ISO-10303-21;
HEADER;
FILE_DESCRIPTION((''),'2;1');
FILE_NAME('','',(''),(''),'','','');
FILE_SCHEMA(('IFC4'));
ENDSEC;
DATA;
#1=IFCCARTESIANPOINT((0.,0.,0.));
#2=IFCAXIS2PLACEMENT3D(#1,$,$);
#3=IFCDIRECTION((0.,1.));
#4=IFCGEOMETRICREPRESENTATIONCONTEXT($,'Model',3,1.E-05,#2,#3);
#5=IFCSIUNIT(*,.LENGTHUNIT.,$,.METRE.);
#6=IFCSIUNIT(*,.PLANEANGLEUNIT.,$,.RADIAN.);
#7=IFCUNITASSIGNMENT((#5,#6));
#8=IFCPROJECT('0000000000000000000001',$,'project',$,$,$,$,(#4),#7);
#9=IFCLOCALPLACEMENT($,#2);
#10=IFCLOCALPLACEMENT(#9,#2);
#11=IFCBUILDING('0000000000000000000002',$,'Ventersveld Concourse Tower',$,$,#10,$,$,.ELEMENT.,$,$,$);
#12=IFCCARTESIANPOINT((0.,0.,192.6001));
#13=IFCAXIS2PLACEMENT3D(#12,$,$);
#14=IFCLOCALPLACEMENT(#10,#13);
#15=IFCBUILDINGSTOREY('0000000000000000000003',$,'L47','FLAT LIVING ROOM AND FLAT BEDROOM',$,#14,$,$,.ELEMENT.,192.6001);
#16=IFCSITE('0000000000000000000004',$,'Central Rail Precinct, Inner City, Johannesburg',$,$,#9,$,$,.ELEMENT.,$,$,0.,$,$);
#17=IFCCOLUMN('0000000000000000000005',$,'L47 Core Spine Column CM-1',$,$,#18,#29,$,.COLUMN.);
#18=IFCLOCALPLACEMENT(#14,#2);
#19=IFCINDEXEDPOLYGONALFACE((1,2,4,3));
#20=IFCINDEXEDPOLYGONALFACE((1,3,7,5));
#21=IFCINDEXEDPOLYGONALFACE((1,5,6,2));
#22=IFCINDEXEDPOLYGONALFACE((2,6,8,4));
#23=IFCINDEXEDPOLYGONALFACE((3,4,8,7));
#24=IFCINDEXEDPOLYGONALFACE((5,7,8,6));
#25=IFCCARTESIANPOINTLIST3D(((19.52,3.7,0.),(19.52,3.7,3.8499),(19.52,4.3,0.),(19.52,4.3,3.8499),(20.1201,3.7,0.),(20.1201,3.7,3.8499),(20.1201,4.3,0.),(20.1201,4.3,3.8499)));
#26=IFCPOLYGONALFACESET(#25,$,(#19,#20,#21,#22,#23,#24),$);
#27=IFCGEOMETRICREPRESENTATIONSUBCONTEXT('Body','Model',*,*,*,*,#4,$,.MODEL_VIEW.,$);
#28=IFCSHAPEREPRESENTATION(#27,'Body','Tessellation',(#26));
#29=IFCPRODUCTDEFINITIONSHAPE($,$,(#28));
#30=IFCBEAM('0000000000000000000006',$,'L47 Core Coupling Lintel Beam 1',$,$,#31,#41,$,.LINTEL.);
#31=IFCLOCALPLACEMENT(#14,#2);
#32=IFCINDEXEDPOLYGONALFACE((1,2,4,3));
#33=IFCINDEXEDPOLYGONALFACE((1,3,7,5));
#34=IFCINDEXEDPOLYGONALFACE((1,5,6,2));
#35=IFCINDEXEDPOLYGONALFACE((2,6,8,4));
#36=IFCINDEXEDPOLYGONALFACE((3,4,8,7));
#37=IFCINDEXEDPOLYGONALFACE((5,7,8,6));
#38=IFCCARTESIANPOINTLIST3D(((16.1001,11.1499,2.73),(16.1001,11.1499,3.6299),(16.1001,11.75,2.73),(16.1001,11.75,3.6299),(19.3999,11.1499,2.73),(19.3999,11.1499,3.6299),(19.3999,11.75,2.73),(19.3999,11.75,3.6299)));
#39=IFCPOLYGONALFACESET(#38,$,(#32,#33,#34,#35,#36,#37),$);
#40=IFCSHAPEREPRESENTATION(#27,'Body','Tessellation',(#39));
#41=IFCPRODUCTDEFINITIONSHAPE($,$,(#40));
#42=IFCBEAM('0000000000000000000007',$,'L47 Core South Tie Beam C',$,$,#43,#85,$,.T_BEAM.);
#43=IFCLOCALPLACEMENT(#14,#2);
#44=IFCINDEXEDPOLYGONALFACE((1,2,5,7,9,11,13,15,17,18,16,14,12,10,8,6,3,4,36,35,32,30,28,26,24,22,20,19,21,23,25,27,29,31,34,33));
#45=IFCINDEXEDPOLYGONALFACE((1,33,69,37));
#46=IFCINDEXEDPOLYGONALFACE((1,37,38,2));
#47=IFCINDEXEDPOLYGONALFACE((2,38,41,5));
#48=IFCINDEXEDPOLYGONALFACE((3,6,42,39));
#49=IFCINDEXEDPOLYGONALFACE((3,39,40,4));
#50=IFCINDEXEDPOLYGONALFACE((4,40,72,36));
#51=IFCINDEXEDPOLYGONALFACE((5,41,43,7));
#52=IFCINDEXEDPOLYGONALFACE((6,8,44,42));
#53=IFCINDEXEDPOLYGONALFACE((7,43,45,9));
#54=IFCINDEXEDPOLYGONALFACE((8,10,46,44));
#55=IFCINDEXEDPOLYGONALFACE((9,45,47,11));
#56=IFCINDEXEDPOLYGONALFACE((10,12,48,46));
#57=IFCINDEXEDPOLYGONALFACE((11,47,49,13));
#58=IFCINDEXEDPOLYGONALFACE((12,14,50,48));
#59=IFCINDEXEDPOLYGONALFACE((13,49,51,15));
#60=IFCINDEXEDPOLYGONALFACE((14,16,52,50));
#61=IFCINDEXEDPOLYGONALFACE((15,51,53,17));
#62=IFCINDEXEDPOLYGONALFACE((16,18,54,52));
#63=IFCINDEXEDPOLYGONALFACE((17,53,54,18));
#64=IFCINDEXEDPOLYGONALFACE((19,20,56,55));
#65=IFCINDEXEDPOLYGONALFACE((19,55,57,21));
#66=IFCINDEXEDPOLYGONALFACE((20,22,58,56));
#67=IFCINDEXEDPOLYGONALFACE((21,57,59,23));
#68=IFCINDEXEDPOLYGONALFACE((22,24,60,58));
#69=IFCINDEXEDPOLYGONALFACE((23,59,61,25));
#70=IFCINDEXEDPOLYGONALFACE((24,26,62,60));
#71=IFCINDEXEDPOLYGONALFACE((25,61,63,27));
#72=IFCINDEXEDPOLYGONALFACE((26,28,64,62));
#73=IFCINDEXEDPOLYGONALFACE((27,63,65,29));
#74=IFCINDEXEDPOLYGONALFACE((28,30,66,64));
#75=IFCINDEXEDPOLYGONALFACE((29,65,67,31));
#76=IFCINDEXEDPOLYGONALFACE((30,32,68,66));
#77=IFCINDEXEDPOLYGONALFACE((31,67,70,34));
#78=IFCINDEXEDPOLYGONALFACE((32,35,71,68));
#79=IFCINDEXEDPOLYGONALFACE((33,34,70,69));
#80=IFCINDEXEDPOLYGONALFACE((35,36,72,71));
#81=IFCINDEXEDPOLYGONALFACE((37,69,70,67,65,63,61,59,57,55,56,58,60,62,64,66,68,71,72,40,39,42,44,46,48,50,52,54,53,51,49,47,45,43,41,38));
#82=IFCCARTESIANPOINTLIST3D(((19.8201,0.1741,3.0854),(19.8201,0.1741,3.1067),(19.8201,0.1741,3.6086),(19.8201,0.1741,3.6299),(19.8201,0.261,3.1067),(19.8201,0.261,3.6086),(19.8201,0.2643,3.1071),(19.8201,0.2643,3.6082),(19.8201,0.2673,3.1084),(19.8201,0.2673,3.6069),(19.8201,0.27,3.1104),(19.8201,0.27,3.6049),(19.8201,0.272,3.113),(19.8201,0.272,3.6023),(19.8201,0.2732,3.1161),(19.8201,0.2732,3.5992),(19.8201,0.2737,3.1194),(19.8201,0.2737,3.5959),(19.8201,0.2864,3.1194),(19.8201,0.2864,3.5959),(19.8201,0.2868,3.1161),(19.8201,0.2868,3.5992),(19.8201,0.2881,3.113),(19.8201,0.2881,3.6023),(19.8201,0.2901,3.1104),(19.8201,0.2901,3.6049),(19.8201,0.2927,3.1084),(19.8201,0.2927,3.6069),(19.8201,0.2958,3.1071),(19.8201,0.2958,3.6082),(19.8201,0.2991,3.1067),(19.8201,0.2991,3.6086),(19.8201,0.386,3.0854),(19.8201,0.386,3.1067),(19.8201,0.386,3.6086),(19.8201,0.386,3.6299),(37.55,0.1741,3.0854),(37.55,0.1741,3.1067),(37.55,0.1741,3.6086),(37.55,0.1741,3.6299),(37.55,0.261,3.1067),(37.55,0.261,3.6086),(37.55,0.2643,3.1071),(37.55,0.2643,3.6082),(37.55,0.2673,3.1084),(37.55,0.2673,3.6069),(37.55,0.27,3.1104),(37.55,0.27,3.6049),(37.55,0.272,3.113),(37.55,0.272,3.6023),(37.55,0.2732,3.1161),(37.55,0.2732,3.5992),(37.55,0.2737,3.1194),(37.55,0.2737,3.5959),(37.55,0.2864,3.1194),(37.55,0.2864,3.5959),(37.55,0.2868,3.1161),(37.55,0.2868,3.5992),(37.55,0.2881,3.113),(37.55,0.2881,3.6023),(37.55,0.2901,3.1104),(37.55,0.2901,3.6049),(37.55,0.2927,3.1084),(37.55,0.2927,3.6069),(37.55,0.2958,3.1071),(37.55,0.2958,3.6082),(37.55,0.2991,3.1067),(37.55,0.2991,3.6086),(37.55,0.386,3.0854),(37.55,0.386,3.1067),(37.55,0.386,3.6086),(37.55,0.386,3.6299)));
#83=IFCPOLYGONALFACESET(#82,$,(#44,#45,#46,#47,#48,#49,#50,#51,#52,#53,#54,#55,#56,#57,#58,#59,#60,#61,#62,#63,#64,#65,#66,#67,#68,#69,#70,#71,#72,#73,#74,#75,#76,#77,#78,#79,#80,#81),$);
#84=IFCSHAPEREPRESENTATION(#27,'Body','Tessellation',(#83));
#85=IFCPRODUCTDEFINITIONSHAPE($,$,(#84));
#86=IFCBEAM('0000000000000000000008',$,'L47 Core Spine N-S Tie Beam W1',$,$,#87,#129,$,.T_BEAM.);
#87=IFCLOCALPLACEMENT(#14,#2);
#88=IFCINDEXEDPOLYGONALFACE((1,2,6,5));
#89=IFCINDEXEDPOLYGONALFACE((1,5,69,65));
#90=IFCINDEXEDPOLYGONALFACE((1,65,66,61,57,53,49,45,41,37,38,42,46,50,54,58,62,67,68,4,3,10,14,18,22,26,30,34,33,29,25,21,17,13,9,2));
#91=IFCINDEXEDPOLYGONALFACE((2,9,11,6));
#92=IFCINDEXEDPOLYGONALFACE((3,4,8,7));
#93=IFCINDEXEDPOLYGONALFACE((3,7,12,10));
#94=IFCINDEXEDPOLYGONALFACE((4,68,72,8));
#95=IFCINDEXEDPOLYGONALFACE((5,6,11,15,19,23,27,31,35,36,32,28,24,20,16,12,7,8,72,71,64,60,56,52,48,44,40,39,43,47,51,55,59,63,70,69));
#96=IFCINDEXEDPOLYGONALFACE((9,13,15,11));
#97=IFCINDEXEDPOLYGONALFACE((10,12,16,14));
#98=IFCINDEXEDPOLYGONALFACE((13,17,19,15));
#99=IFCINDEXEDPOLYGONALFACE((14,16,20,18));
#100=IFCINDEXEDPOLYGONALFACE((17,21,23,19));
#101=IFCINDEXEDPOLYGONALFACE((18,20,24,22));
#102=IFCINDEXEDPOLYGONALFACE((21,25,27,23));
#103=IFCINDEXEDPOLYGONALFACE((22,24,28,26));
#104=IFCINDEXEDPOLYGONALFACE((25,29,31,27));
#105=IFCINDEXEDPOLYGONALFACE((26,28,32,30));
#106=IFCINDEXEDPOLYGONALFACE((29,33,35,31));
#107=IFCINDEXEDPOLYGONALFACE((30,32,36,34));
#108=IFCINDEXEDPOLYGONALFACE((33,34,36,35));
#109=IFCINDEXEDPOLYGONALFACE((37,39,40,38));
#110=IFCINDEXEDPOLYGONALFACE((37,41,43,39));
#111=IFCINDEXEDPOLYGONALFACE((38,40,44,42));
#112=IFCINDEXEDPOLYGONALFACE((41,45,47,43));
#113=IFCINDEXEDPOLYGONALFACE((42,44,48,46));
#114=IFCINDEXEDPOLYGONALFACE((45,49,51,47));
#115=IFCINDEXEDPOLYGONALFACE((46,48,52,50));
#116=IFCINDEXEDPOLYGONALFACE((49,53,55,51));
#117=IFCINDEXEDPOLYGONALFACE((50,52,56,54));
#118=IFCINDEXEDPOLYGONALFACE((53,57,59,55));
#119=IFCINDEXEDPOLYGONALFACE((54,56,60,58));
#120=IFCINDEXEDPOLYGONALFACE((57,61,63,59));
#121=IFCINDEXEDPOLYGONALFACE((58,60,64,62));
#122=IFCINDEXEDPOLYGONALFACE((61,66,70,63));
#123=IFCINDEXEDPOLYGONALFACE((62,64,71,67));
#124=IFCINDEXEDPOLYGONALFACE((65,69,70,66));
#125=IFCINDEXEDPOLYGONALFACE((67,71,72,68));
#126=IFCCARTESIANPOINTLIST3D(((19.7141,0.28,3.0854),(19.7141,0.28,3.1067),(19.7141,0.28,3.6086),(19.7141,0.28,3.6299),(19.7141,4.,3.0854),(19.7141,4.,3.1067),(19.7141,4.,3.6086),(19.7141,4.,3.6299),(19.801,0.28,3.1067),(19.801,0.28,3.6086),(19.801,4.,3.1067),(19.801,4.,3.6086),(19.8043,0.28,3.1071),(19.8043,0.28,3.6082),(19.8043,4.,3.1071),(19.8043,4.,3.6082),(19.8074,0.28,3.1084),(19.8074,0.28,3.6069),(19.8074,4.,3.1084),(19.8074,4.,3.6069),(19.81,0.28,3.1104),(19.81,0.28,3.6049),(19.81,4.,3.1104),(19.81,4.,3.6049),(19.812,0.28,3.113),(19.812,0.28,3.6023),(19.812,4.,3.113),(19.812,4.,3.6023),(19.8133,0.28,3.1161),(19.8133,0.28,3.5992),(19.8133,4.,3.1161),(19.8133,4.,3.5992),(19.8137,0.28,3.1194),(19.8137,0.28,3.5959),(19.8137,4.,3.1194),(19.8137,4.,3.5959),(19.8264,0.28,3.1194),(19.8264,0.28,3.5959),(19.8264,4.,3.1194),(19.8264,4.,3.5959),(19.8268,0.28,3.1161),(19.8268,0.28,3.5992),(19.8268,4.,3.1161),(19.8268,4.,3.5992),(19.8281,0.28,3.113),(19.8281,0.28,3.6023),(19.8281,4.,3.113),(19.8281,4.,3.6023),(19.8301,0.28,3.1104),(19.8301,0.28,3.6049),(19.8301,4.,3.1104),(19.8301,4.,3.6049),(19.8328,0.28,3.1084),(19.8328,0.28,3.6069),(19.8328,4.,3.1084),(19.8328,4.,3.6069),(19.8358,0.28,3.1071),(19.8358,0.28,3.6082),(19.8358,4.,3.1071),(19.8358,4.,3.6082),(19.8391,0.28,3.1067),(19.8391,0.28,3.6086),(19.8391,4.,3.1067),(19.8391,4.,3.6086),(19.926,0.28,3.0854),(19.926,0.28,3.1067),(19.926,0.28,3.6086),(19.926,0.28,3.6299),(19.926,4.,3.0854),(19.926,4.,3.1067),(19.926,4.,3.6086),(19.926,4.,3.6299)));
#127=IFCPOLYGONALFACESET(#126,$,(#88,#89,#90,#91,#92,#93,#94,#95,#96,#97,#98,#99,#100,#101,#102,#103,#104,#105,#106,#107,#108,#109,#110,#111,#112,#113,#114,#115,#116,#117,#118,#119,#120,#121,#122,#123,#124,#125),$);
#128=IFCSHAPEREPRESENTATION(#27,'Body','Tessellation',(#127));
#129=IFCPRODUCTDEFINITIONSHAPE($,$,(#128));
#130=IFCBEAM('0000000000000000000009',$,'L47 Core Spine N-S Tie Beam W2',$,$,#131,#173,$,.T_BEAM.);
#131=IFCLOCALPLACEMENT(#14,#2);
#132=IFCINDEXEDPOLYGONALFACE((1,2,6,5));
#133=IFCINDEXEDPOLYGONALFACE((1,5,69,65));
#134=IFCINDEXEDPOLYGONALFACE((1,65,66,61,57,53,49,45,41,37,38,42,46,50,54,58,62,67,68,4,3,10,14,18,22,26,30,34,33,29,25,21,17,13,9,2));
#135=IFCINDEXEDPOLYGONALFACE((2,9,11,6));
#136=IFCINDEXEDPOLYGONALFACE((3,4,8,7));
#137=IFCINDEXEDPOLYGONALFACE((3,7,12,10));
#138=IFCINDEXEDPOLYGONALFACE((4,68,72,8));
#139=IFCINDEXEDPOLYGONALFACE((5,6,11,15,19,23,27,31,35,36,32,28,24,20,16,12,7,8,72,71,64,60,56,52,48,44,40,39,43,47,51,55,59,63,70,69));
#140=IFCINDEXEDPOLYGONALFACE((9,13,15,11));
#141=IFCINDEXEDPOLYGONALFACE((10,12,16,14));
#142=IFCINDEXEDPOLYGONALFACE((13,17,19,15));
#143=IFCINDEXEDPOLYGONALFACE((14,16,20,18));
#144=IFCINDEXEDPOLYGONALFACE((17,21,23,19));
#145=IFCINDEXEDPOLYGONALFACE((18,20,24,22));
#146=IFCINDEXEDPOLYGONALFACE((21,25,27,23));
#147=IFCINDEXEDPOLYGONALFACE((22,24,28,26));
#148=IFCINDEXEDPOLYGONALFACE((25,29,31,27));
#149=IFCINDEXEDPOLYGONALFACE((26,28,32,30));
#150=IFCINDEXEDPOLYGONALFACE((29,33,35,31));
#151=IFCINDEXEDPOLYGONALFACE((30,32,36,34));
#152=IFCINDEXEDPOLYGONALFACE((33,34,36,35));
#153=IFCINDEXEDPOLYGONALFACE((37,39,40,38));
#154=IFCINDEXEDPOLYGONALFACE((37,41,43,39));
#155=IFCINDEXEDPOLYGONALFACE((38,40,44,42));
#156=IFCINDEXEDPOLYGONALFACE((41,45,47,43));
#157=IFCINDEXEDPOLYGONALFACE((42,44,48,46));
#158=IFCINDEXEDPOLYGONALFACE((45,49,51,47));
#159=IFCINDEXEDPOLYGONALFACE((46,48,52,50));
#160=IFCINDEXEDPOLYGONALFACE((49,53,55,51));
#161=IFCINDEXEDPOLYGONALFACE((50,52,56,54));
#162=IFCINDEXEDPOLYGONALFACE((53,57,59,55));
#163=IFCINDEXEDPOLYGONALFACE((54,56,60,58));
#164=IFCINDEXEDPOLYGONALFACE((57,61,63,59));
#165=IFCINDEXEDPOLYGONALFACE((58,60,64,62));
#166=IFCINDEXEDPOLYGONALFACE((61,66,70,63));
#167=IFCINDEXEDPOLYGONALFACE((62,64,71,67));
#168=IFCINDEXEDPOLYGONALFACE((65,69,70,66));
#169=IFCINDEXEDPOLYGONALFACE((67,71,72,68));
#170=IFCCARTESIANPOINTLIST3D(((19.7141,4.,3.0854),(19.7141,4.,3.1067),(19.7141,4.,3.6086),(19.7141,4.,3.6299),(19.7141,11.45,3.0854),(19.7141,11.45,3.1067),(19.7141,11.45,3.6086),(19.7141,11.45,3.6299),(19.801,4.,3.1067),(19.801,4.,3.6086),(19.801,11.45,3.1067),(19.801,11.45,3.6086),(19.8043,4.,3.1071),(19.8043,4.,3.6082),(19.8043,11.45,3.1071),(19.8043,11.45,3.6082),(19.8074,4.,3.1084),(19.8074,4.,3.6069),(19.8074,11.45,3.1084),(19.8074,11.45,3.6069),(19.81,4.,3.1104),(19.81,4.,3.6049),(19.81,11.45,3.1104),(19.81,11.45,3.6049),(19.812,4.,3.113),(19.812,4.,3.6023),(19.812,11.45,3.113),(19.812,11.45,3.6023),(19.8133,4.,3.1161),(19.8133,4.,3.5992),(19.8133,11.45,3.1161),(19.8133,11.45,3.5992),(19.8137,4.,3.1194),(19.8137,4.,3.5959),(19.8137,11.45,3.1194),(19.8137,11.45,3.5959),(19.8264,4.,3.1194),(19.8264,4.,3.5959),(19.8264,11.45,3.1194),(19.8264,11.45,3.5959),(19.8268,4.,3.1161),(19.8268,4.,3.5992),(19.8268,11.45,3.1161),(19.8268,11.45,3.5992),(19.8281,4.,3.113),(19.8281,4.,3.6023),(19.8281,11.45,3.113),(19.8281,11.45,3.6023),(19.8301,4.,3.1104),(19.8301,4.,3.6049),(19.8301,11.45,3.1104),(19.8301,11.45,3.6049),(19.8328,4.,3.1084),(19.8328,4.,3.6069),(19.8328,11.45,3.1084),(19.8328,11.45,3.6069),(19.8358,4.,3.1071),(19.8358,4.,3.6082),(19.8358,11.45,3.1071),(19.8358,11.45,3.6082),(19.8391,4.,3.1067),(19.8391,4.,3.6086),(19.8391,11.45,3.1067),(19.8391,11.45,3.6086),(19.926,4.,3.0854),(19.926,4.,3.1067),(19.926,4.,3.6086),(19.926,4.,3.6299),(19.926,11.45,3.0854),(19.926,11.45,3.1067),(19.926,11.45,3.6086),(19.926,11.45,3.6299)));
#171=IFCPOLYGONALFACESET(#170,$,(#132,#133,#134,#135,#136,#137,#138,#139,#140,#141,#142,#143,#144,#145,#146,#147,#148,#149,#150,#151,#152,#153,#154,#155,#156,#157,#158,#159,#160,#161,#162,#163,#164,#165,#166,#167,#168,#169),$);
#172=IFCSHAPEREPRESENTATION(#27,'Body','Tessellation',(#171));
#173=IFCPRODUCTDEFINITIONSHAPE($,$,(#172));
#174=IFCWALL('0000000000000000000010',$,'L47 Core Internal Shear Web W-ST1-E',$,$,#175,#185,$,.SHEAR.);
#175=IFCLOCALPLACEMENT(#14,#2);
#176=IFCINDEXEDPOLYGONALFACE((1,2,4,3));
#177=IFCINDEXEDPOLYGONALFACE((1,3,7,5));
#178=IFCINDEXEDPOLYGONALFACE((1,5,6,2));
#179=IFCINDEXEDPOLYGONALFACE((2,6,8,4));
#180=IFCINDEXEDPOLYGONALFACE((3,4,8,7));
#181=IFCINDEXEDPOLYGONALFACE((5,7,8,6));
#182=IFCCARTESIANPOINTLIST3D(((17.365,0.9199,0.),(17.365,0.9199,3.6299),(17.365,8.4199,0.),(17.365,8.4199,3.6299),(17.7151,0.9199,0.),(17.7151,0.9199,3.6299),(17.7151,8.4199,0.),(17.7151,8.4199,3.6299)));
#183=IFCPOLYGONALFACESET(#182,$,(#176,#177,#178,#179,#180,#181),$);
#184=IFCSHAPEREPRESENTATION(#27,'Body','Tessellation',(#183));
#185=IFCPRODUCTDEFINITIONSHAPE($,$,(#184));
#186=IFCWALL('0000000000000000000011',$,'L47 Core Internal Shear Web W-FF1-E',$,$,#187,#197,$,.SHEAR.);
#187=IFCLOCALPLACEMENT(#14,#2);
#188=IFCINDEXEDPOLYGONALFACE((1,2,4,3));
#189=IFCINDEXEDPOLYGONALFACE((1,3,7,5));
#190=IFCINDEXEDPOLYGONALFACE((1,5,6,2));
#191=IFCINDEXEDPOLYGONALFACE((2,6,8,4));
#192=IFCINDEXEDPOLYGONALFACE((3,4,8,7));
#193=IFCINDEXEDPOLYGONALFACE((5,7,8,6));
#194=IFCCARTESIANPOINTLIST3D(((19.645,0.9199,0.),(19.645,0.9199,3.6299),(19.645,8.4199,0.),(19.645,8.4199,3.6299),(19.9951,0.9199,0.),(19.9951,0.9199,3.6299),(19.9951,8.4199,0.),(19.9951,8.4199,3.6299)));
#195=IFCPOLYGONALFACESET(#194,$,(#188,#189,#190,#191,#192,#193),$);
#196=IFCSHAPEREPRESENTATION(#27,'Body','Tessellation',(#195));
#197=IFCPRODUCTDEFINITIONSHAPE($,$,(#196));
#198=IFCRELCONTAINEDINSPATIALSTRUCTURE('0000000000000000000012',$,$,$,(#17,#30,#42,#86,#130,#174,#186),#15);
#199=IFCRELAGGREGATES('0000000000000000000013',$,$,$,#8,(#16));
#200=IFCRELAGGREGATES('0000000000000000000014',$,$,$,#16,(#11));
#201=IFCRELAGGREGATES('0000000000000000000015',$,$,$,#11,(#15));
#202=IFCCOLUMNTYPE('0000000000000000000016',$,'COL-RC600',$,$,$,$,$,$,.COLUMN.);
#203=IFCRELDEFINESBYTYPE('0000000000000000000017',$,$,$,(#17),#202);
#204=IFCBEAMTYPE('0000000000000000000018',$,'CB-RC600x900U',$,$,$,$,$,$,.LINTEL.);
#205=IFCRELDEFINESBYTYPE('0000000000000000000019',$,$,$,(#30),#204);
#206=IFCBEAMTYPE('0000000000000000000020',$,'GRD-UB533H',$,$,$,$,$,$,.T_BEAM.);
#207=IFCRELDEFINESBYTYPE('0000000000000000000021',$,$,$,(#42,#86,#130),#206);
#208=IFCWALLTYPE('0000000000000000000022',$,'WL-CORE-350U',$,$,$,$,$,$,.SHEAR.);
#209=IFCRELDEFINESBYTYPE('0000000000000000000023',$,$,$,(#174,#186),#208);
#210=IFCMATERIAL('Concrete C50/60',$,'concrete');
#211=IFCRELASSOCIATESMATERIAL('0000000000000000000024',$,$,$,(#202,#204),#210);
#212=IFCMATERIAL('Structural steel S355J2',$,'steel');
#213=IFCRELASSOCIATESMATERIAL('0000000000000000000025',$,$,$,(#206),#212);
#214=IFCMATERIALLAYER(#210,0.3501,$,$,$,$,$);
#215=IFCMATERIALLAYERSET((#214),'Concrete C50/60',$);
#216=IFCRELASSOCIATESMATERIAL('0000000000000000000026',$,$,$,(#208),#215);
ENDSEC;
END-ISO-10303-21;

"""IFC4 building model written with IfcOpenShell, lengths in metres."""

from ifc_helpers import new_model, si_unit, direction, frame, frame_2d, origin, origin_2d, place, context, subcontext, project, spatial, rectangle, i_section, extrude, material, layer, layer_set, material_profile, profile_set, type_object, element, save


model = new_model("IFC4")

# Units and contexts
model_context = context("Model", 3, precision=1e-05, world=origin(), true_north=direction((0.0, 1.0)))
body_context = subcontext(model_context, "Body", "Model", "MODEL_VIEW")
ifc_project = project(units=[si_unit("LENGTHUNIT", "METRE"), si_unit("PLANEANGLEUNIT", "RADIAN")], contexts=[model_context])

# Site, building, storey
site_placement = place(None, origin())
site = spatial("IfcSite", under=ifc_project, at=site_placement, Name="Central Rail Precinct, Inner City, Johannesburg", CompositionType="ELEMENT", RefElevation=0.0)
building_placement = place(site_placement, origin())
building = spatial("IfcBuilding", under=site, at=building_placement, Name="Ventersveld Concourse Tower", CompositionType="ELEMENT")
storey_placement = place(building_placement, frame((0.0, 0.0, 192.6001)))
storey = spatial("IfcBuildingStorey", under=building, at=storey_placement, Name="L47", Description="FLAT LIVING ROOM AND FLAT BEDROOM", CompositionType="ELEMENT", Elevation=192.6001)

# Column
ifc_material_1 = material(Name="Concrete C50/60", Category="concrete")
ifc_material_profile_1 = material_profile(ifc_material_1, rectangle(XDim=0.6001, YDim=0.6001, at=origin_2d()), Name="RC 600x600")
ifc_profile_set_1 = profile_set([ifc_material_profile_1], Name="Concrete C50/60")
column_type = type_object("IfcColumnType", Name="COL-RC600", PredefinedType="COLUMN", material=ifc_profile_set_1)
column_placement = place(storey_placement, frame((19.8201, 4.0, 0.0), z_axis=(0.0, 0.0, 1.0), x_axis=(1.0, 0.0, 0.0)))
element("IfcColumn", 1, at=column_placement, inside=storey, type_object=column_type, Name="L47 Core Spine Column CM-1", PredefinedType="COLUMN", context=body_context, shape_type="SweptSolid", body=[
    extrude(rectangle(XDim=0.6001, YDim=0.6001, at=origin_2d()), origin(), (0.0, 0.0, 1.0), 3.8499),
])

# Beams
ifc_material_profile_2 = material_profile(ifc_material_1, rectangle(XDim=0.6001, YDim=0.8999, at=origin_2d()), Name="RC 600x900")
ifc_profile_set_2 = profile_set([ifc_material_profile_2], Name="Concrete C50/60")
beam_type_1 = type_object("IfcBeamType", Name="CB-RC600x900U", PredefinedType="LINTEL", material=ifc_profile_set_2)
beam_1_placement = place(storey_placement, frame((16.1001, 11.45, 3.1799), z_axis=(1.0, 0.0, 0.0), x_axis=(0.0, 1.0, 0.0)))
element("IfcBeam", 2, at=beam_1_placement, inside=storey, type_object=beam_type_1, Name="L47 Core Coupling Lintel Beam 1", PredefinedType="LINTEL", context=body_context, shape_type="SweptSolid", body=[
    extrude(rectangle(XDim=0.6001, YDim=0.8999, at=origin_2d()), origin(), (0.0, 0.0, 1.0), 3.2998),
])
ifc_material_2 = material(Name="Structural steel S355J2", Category="steel")
ifc_material_profile_3 = material_profile(ifc_material_2, i_section(OverallWidth=0.2119, OverallDepth=0.5444, WebThickness=0.0127, FlangeThickness=0.0212, FilletRadius=0.0127, at=origin_2d()), Name="UB 533x210x122")
ifc_profile_set_3 = profile_set([ifc_material_profile_3], Name="Structural steel S355J2")
beam_type_2 = type_object("IfcBeamType", Name="GRD-UB533H", PredefinedType="T_BEAM", material=ifc_profile_set_3)
beam_2_placement = place(storey_placement, frame((19.8201, 0.28, 3.3577), z_axis=(1.0, 0.0, 0.0), x_axis=(0.0, 1.0, 0.0)))
element("IfcBeam", 3, at=beam_2_placement, inside=storey, type_object=beam_type_2, Name="L47 Core South Tie Beam C", PredefinedType="T_BEAM", context=body_context, shape_type="SweptSolid", body=[
    extrude(i_section(OverallWidth=0.2119, OverallDepth=0.5444, WebThickness=0.0127, FlangeThickness=0.0212, FilletRadius=0.0127, at=origin_2d()), origin(), (0.0, 0.0, 1.0), 17.73),
])
beam_3_placement = place(storey_placement, frame((19.8201, 0.28, 3.3577), z_axis=(0.0, 1.0, 0.0), x_axis=(-1.0, 0.0, 0.0)))
element("IfcBeam", 4, at=beam_3_placement, inside=storey, type_object=beam_type_2, Name="L47 Core Spine N-S Tie Beam W1", PredefinedType="T_BEAM", context=body_context, shape_type="SweptSolid", body=[
    extrude(i_section(OverallWidth=0.2119, OverallDepth=0.5444, WebThickness=0.0127, FlangeThickness=0.0212, FilletRadius=0.0127, at=origin_2d()), origin(), (0.0, 0.0, 1.0), 3.72),
])
beam_4_placement = place(storey_placement, frame((19.8201, 4.0, 3.3577), z_axis=(0.0, 1.0, 0.0), x_axis=(-1.0, 0.0, 0.0)))
element("IfcBeam", 5, at=beam_4_placement, inside=storey, type_object=beam_type_2, Name="L47 Core Spine N-S Tie Beam W2", PredefinedType="T_BEAM", context=body_context, shape_type="SweptSolid", body=[
    extrude(i_section(OverallWidth=0.2119, OverallDepth=0.5444, WebThickness=0.0127, FlangeThickness=0.0212, FilletRadius=0.0127, at=origin_2d()), origin(), (0.0, 0.0, 1.0), 7.45),
])

# Walls
ifc_layer_1 = layer(ifc_material_1, 0.3501)
ifc_layer_set_1 = layer_set([ifc_layer_1], Name="Concrete C50/60")
wall_type_1 = type_object("IfcWallType", Name="WL-CORE-350U", PredefinedType="SHEAR", material=ifc_layer_set_1)
for number, where, z_axis, x_axis, name in (
    (6, (17.54, 0.9199, 0.0), (0.0, 0.0, 1.0), (0.0, 1.0, 0.0), "L47 Core Internal Shear Web W-ST1-E"),
    (7, (19.8201, 0.9199, 0.0), (0.0, 0.0, 1.0), (0.0, 1.0, 0.0), "L47 Core Internal Shear Web W-FF1-E"),
):
    element("IfcWall", number, at=place(storey_placement, frame(where, z_axis=z_axis, x_axis=x_axis)), inside=storey, type_object=wall_type_1, Name=name, PredefinedType="SHEAR", context=body_context, shape_type="SweptSolid", body=[
        extrude(rectangle(XDim=7.5, YDim=0.3501, at=frame_2d((3.75, 0.0))), origin(), (0.0, 0.0, 1.0), 3.6299),
    ])

save(model, "model.ifc")
